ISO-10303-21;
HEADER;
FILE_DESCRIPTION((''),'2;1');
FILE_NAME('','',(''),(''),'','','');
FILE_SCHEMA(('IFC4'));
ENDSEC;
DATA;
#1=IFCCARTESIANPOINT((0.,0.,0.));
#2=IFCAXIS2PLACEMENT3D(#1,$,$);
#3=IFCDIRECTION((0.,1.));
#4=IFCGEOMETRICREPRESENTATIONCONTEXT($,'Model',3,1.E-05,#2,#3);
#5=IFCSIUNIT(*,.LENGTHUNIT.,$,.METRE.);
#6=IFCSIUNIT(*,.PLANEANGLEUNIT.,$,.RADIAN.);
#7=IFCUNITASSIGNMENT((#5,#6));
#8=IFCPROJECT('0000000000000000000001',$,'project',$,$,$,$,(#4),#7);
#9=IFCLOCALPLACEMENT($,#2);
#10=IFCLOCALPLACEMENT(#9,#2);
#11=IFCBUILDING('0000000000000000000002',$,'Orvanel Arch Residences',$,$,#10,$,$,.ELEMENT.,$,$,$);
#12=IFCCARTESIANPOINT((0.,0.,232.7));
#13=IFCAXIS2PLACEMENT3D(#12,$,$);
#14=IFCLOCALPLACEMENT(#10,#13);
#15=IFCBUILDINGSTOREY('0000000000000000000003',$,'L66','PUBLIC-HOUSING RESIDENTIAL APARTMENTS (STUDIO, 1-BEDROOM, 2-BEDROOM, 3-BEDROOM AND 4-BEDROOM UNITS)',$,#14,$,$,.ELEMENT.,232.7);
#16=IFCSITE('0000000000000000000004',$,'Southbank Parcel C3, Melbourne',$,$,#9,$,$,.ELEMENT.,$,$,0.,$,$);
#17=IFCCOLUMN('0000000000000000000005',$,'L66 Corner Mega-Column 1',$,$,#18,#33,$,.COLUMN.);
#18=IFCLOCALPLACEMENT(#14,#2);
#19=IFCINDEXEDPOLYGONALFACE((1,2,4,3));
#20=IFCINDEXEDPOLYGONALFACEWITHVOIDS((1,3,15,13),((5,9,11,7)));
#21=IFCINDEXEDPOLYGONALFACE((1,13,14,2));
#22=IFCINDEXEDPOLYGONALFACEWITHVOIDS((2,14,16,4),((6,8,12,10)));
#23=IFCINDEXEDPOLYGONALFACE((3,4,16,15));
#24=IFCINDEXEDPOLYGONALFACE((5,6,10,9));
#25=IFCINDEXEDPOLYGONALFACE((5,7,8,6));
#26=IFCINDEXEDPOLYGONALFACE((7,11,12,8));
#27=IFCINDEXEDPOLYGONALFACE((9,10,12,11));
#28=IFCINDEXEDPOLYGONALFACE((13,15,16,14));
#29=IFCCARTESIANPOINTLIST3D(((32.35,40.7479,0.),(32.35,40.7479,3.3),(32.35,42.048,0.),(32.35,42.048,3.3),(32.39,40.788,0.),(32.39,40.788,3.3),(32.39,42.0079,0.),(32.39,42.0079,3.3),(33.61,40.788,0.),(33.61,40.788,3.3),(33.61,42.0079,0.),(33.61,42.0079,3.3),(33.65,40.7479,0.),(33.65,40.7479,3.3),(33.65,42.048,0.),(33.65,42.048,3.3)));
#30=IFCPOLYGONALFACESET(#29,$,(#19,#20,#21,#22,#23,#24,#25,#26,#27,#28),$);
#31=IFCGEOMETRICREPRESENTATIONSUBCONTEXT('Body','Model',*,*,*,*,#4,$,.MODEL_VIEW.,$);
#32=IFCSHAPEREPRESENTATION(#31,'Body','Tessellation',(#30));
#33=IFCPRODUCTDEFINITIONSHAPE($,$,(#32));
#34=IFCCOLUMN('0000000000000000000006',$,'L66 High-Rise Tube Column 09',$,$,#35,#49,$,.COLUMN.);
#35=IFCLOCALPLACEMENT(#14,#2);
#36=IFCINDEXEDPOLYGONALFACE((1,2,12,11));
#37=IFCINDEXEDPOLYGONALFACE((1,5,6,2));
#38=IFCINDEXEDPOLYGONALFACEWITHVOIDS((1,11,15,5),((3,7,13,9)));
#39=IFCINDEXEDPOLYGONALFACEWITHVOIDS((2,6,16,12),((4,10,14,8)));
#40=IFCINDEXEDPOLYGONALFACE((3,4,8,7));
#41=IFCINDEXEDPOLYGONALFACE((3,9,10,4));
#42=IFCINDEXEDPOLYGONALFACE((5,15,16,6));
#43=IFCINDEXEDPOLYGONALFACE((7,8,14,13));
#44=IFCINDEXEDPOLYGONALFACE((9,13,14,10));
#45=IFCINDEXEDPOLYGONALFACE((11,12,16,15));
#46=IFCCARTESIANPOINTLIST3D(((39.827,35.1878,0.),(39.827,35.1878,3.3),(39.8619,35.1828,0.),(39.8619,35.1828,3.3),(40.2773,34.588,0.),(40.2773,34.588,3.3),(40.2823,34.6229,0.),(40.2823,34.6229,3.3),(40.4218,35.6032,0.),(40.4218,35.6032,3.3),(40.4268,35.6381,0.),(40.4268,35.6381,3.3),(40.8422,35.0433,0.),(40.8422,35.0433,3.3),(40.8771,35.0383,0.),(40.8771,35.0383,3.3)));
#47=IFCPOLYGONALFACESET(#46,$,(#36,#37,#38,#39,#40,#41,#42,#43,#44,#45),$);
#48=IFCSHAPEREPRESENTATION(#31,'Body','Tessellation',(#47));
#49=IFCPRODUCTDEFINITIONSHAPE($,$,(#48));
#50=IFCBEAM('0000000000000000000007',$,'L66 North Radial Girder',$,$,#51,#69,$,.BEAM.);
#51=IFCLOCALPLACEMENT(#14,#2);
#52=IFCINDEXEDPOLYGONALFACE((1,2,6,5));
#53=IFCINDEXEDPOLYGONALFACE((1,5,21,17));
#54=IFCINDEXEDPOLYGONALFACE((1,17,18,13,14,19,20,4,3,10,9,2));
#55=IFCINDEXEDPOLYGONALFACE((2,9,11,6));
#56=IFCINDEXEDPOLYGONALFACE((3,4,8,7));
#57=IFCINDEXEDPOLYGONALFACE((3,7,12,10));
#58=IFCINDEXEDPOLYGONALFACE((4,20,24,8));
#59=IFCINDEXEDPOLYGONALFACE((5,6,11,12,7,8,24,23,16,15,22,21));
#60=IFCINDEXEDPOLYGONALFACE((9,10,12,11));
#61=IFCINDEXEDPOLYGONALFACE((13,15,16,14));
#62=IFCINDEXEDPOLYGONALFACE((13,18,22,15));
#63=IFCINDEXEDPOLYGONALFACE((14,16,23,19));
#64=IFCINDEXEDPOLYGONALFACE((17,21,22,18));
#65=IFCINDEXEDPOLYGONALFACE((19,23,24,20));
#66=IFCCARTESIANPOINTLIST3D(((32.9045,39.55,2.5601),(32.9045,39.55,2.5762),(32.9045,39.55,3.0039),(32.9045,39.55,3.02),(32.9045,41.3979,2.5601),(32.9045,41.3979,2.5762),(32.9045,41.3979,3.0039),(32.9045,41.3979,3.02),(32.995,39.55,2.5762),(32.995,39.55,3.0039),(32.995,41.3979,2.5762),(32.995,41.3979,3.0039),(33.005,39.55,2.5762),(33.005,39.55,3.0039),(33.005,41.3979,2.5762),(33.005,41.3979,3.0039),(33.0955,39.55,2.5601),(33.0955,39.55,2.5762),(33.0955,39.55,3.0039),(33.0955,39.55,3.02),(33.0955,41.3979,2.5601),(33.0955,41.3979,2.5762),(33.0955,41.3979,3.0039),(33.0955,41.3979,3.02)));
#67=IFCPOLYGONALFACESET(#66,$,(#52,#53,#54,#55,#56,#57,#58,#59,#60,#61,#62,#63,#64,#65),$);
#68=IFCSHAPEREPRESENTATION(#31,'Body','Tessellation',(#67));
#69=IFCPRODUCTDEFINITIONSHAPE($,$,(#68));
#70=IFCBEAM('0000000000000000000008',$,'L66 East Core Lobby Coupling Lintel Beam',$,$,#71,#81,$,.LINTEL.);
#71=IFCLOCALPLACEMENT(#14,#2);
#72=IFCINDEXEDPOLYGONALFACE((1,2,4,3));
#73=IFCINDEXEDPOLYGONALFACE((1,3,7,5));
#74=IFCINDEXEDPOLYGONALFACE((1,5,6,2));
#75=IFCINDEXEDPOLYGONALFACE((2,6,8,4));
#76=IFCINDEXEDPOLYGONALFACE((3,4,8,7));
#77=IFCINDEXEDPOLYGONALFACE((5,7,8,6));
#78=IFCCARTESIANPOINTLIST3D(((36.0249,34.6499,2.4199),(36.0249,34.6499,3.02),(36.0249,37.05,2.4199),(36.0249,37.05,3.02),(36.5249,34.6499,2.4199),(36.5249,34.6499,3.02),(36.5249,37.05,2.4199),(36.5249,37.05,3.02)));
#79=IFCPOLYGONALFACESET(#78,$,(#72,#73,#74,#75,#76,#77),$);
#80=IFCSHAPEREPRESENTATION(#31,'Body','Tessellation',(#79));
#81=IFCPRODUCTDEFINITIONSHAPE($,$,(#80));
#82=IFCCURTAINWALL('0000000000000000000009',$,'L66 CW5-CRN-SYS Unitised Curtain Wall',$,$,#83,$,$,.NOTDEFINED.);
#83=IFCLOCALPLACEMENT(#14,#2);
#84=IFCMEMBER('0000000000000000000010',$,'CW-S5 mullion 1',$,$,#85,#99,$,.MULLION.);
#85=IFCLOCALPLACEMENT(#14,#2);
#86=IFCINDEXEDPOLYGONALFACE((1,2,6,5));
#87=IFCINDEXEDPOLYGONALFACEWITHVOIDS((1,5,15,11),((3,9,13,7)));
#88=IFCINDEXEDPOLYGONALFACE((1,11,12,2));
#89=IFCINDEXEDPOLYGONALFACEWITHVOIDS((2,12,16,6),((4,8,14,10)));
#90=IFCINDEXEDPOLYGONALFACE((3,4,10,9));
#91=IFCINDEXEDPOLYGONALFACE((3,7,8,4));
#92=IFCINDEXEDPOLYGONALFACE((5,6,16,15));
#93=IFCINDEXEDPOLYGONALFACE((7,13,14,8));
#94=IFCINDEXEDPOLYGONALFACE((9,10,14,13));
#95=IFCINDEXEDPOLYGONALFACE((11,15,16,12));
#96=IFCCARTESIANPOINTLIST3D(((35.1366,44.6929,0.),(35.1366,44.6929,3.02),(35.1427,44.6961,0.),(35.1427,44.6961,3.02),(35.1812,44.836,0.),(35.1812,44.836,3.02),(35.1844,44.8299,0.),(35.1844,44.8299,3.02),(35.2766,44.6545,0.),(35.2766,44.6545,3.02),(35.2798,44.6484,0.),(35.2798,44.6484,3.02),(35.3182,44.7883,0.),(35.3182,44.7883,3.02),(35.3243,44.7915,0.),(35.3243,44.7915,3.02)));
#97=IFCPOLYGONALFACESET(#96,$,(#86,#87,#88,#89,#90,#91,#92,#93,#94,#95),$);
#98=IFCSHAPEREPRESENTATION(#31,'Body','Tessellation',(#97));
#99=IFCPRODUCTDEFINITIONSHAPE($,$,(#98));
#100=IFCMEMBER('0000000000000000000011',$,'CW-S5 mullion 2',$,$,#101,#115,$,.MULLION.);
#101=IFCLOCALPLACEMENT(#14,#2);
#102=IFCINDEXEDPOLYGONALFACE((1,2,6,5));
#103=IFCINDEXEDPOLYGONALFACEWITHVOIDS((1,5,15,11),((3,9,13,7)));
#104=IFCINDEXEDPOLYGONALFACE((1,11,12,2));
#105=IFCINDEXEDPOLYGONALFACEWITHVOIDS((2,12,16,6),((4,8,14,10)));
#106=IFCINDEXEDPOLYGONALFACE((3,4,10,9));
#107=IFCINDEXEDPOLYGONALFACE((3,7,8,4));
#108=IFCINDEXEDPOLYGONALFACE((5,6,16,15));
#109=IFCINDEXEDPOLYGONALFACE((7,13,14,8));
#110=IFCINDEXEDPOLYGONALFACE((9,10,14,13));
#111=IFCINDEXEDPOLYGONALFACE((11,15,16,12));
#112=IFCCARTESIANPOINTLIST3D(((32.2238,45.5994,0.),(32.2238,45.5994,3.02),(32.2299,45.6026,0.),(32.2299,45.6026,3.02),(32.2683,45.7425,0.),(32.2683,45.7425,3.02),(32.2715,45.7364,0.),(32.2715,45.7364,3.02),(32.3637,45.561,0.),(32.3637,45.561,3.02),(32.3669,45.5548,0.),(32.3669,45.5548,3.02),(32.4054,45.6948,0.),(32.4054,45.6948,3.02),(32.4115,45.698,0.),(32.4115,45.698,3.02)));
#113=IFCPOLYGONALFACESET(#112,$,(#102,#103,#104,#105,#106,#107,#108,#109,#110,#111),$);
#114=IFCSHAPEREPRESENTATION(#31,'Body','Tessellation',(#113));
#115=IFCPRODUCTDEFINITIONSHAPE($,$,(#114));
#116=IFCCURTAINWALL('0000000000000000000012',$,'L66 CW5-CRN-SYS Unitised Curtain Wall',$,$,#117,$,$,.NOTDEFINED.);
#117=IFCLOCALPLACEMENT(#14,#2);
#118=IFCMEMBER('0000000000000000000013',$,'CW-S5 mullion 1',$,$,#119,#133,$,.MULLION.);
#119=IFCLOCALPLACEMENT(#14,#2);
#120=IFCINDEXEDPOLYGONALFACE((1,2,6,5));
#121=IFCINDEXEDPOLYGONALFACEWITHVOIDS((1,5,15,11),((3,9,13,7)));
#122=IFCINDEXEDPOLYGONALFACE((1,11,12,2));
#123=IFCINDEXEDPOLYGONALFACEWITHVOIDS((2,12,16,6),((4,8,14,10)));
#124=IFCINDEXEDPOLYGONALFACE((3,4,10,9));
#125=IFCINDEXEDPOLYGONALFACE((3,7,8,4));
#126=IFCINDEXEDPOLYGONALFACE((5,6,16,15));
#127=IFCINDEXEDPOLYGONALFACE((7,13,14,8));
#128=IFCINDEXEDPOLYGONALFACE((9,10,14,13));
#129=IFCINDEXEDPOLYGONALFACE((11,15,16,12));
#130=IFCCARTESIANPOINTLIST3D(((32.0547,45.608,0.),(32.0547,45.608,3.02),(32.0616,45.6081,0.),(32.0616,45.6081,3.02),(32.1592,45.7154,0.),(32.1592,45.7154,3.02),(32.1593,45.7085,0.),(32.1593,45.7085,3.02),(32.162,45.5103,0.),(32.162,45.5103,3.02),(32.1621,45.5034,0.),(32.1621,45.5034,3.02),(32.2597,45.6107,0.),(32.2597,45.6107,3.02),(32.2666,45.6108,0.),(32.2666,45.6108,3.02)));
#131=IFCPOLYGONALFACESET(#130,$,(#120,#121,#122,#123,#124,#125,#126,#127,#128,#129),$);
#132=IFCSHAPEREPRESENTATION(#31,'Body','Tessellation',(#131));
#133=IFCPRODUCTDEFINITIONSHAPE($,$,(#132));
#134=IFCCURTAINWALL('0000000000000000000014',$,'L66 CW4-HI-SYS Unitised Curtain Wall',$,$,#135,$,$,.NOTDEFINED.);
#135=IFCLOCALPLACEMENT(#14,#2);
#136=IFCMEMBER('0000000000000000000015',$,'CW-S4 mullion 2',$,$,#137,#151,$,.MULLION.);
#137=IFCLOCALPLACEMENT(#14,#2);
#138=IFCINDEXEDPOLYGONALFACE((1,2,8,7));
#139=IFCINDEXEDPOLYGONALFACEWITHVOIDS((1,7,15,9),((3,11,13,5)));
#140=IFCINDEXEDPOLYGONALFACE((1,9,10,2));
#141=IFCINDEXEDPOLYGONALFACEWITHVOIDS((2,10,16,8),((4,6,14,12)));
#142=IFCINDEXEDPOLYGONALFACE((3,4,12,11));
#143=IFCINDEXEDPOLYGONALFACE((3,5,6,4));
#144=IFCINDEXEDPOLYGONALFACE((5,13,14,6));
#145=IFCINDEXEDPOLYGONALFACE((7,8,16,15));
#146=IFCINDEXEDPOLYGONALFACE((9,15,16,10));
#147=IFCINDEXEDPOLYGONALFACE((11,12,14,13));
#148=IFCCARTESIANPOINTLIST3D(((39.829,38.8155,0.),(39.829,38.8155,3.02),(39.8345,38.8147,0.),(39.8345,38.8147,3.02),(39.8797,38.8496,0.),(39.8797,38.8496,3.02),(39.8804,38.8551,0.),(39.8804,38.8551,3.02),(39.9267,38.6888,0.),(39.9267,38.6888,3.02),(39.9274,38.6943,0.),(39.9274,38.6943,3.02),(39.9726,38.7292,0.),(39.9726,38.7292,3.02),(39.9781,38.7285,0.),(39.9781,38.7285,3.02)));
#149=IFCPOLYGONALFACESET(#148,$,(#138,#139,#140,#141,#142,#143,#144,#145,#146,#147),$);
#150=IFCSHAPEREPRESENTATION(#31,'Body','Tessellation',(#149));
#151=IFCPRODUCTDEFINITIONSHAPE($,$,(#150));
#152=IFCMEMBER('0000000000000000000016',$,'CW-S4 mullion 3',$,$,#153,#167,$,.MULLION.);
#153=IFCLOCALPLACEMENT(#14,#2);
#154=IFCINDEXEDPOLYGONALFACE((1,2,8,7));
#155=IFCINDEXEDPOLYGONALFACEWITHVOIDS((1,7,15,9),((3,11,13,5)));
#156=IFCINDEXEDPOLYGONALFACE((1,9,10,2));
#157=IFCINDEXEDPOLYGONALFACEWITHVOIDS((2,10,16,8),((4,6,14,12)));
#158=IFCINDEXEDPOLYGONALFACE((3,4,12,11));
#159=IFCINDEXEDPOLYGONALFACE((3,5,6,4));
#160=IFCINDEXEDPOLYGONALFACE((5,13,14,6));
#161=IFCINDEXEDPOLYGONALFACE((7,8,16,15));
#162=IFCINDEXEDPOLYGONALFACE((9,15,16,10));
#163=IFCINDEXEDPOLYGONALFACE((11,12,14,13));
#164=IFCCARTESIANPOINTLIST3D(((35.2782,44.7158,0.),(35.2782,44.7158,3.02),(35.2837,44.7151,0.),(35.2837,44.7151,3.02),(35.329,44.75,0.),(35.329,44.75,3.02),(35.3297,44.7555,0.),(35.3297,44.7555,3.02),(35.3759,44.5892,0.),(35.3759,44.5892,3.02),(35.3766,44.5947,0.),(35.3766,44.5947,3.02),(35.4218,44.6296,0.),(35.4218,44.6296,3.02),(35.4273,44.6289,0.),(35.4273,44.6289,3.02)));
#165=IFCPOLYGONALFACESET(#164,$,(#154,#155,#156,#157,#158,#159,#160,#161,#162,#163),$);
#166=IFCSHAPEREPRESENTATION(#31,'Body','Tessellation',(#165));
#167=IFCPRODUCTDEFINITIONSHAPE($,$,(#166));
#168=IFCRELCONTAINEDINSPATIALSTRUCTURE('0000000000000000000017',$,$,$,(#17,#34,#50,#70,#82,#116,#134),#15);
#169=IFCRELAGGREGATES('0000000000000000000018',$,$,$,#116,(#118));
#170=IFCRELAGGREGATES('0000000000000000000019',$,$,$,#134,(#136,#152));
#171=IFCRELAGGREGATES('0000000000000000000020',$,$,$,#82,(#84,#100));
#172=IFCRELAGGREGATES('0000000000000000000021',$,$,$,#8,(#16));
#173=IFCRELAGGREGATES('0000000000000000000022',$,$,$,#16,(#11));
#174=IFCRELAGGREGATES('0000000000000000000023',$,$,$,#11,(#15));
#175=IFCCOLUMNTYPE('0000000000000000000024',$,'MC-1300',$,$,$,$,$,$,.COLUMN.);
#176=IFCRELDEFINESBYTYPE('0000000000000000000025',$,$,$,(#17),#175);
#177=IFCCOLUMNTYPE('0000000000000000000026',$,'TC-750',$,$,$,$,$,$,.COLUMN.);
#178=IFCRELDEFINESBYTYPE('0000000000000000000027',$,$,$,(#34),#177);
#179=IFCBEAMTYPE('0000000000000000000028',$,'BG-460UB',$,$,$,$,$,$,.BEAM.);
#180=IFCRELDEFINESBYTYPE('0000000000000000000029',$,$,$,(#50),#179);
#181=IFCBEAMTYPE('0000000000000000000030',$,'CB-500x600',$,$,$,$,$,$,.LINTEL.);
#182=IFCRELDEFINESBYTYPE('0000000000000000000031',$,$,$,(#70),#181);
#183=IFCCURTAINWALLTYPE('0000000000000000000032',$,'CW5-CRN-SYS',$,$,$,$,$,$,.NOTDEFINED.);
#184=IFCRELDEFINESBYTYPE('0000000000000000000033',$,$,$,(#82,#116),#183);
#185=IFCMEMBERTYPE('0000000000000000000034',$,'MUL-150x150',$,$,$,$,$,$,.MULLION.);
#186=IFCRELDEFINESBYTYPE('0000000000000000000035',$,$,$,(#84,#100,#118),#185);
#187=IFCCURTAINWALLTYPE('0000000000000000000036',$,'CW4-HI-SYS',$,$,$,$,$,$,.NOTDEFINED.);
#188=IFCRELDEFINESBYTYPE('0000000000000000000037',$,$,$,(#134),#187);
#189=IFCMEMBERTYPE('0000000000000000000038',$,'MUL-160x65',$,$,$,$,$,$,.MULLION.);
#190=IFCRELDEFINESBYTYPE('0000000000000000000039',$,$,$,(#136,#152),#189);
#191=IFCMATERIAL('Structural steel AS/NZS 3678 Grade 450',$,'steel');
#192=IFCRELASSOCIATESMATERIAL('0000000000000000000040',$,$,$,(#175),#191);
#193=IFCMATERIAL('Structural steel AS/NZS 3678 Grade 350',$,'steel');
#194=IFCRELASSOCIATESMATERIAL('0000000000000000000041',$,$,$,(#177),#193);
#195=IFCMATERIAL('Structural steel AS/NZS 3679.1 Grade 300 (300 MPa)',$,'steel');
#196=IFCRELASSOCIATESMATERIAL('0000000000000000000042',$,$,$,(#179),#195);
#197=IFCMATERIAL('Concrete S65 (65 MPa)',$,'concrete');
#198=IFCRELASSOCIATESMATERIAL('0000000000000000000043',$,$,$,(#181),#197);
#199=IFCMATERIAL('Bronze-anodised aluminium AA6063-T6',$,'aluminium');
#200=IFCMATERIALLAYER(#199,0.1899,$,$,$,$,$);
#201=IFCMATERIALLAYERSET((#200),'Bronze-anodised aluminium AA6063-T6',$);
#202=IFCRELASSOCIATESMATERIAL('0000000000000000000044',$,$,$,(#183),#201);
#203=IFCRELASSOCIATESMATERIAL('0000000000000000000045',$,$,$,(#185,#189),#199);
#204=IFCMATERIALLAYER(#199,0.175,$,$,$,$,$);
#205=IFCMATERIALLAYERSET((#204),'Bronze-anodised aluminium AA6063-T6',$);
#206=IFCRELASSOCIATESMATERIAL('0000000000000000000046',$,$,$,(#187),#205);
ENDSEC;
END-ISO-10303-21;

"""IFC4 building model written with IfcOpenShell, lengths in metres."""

from ifc_helpers import new_model, si_unit, direction, frame, origin, origin_2d, place, context, subcontext, project, spatial, rectangle, hollow_rectangle, i_section, extrude, material, layer, layer_set, material_profile, profile_set, type_object, element, aggregate, save


model = new_model("IFC4")

# Units and contexts
model_context = context("Model", 3, precision=1e-05, world=origin(), true_north=direction((0.0, 1.0)))
body_context = subcontext(model_context, "Body", "Model", "MODEL_VIEW")
ifc_project = project(units=[si_unit("LENGTHUNIT", "METRE"), si_unit("PLANEANGLEUNIT", "RADIAN")], contexts=[model_context])

# Site, building, storey
site_placement = place(None, origin())
site = spatial("IfcSite", under=ifc_project, at=site_placement, Name="Southbank Parcel C3, Melbourne", CompositionType="ELEMENT", RefElevation=0.0)
building_placement = place(site_placement, origin())
building = spatial("IfcBuilding", under=site, at=building_placement, Name="Orvanel Arch Residences", CompositionType="ELEMENT")
storey_placement = place(building_placement, frame((0.0, 0.0, 232.7)))
storey = spatial("IfcBuildingStorey", under=building, at=storey_placement, Name="L66", Description="PUBLIC-HOUSING RESIDENTIAL APARTMENTS (STUDIO, 1-BEDROOM, 2-BEDROOM, 3-BEDROOM AND 4-BEDROOM UNITS)", CompositionType="ELEMENT", Elevation=232.7)

# Columns
ifc_material_1 = material(Name="Structural steel AS/NZS 3678 Grade 450", Category="steel")
ifc_material_profile_1 = material_profile(ifc_material_1, hollow_rectangle(XDim=1.3, YDim=1.3, WallThickness=0.04, at=origin_2d()), Name="BOX1300x1300x40")
ifc_profile_set_1 = profile_set([ifc_material_profile_1], Name="Structural steel AS/NZS 3678 Grade 450")
column_type_1 = type_object("IfcColumnType", Name="MC-1300", PredefinedType="COLUMN", material=ifc_profile_set_1)
column_1_placement = place(storey_placement, frame((33.0, 41.3979, 0.0), z_axis=(0.0, 0.0, 1.0), x_axis=(1.0, 0.0, 0.0)))
element("IfcColumn", 1, at=column_1_placement, inside=storey, type_object=column_type_1, Name="L66 Corner Mega-Column 1", PredefinedType="COLUMN", context=body_context, shape_type="SweptSolid", body=[
    extrude(hollow_rectangle(XDim=1.3, YDim=1.3, WallThickness=0.04, at=origin_2d()), origin(), (0.0, 0.0, 1.0), 3.3),
])
ifc_material_2 = material(Name="Structural steel AS/NZS 3678 Grade 350", Category="steel")
ifc_material_profile_2 = material_profile(ifc_material_2, hollow_rectangle(XDim=0.75, YDim=0.75, WallThickness=0.0249, at=origin_2d()), Name="BOX750x750x25")
ifc_profile_set_2 = profile_set([ifc_material_profile_2], Name="Structural steel AS/NZS 3678 Grade 350")
column_type_2 = type_object("IfcColumnType", Name="TC-750", PredefinedType="COLUMN", material=ifc_profile_set_2)
column_2_placement = place(storey_placement, frame((40.3521, 35.113, 0.0), z_axis=(0.0, 0.0, 1.0), x_axis=(-0.60042, 0.799685, 0.0)))
element("IfcColumn", 2, at=column_2_placement, inside=storey, type_object=column_type_2, Name="L66 High-Rise Tube Column 09", PredefinedType="COLUMN", context=body_context, shape_type="SweptSolid", body=[
    extrude(hollow_rectangle(XDim=0.75, YDim=0.75, WallThickness=0.0249, at=origin_2d()), origin(), (0.0, 0.0, 1.0), 3.3),
])

# Beams
ifc_material_3 = material(Name="Structural steel AS/NZS 3679.1 Grade 300 (300 MPa)", Category="steel")
ifc_material_profile_3 = material_profile(ifc_material_3, i_section(OverallWidth=0.1909, OverallDepth=0.46, WebThickness=0.01, FlangeThickness=0.0161, at=origin_2d()), Name="460UB82.1")
ifc_profile_set_3 = profile_set([ifc_material_profile_3], Name="Structural steel AS/NZS 3679.1 Grade 300 (300 MPa)")
beam_type_1 = type_object("IfcBeamType", Name="BG-460UB", PredefinedType="BEAM", material=ifc_profile_set_3)
beam_1_placement = place(storey_placement, frame((33.0, 39.55, 2.79), z_axis=(0.0, 1.0, 0.0), x_axis=(-1.0, 0.0, 0.0)))
element("IfcBeam", 3, at=beam_1_placement, inside=storey, type_object=beam_type_1, Name="L66 North Radial Girder", PredefinedType="BEAM", context=body_context, shape_type="SweptSolid", body=[
    extrude(i_section(OverallWidth=0.1909, OverallDepth=0.46, WebThickness=0.01, FlangeThickness=0.0161, at=origin_2d()), origin(), (0.0, 0.0, 1.0), 1.8479),
])
ifc_material_4 = material(Name="Concrete S65 (65 MPa)", Category="concrete")
ifc_material_profile_4 = material_profile(ifc_material_4, rectangle(XDim=0.5, YDim=0.6001, at=origin_2d()), Name="RC500x600")
ifc_profile_set_4 = profile_set([ifc_material_profile_4], Name="Concrete S65 (65 MPa)")
beam_type_2 = type_object("IfcBeamType", Name="CB-500x600", PredefinedType="LINTEL", material=ifc_profile_set_4)
beam_2_placement = place(storey_placement, frame((36.2749, 34.6499, 2.72), z_axis=(0.0, 1.0, 0.0), x_axis=(-1.0, 0.0, 0.0)))
element("IfcBeam", 4, at=beam_2_placement, inside=storey, type_object=beam_type_2, Name="L66 East Core Lobby Coupling Lintel Beam", PredefinedType="LINTEL", context=body_context, shape_type="SweptSolid", body=[
    extrude(rectangle(XDim=0.5, YDim=0.6001, at=origin_2d()), origin(), (0.0, 0.0, 1.0), 2.4001),
])

# Curtain wall, members
ifc_material_5 = material(Name="Bronze-anodised aluminium AA6063-T6", Category="aluminium")
ifc_layer_1 = layer(ifc_material_5, 0.1899)
ifc_layer_set_1 = layer_set([ifc_layer_1], Name="Bronze-anodised aluminium AA6063-T6")
curtain_wall_type_1 = type_object("IfcCurtainWallType", Name="CW5-CRN-SYS", PredefinedType="NOTDEFINED", material=ifc_layer_set_1)
curtain_wall_1_placement = place(storey_placement, origin())
curtain_wall_1 = element("IfcCurtainWall", 5, at=curtain_wall_1_placement, inside=storey, type_object=curtain_wall_type_1, Name="L66 CW5-CRN-SYS Unitised Curtain Wall", PredefinedType="NOTDEFINED")
ifc_material_profile_5 = material_profile(ifc_material_5, hollow_rectangle(XDim=0.1499, YDim=0.1499, WallThickness=0.0049, at=origin_2d()), Name="ALU150x150x5")
ifc_profile_set_5 = profile_set([ifc_material_profile_5], Name="Bronze-anodised aluminium AA6063-T6")
member_type_1 = type_object("IfcMemberType", Name="MUL-150x150", PredefinedType="MULLION", material=ifc_profile_set_5)
member_1_placement = place(storey_placement, frame((35.2305, 44.7422, 0.0), z_axis=(0.0, 0.0, 1.0), x_axis=(-0.297136, -0.954835, 0.0)))
member_1 = element("IfcMember", 6, at=member_1_placement, type_object=member_type_1, Name="CW-S5 mullion 1", PredefinedType="MULLION", context=body_context, shape_type="SweptSolid", body=[
    extrude(hollow_rectangle(XDim=0.1499, YDim=0.1499, WallThickness=0.0049, at=origin_2d()), origin(), (0.0, 0.0, 1.0), 3.02),
])
member_2_placement = place(storey_placement, frame((32.3176, 45.6487, 0.0), z_axis=(0.0, 0.0, 1.0), x_axis=(-0.297136, -0.954835, 0.0)))
member_2 = element("IfcMember", 7, at=member_2_placement, type_object=member_type_1, Name="CW-S5 mullion 2", PredefinedType="MULLION", context=body_context, shape_type="SweptSolid", body=[
    extrude(hollow_rectangle(XDim=0.1499, YDim=0.1499, WallThickness=0.0049, at=origin_2d()), origin(), (0.0, 0.0, 1.0), 3.02),
])

# Curtain wall, member
curtain_wall_2_placement = place(storey_placement, origin())
curtain_wall_2 = element("IfcCurtainWall", 8, at=curtain_wall_2_placement, inside=storey, type_object=curtain_wall_type_1, Name="L66 CW5-CRN-SYS Unitised Curtain Wall", PredefinedType="NOTDEFINED")
member_3_placement = place(storey_placement, frame((32.1606, 45.6094, 0.0), z_axis=(0.0, 0.0, 1.0), x_axis=(0.716477, -0.697611, 0.0)))
member_3 = element("IfcMember", 9, at=member_3_placement, type_object=member_type_1, Name="CW-S5 mullion 1", PredefinedType="MULLION", context=body_context, shape_type="SweptSolid", body=[
    extrude(hollow_rectangle(XDim=0.1499, YDim=0.1499, WallThickness=0.0049, at=origin_2d()), origin(), (0.0, 0.0, 1.0), 3.02),
])

# Curtain wall, members
ifc_layer_2 = layer(ifc_material_5, 0.175)
ifc_layer_set_2 = layer_set([ifc_layer_2], Name="Bronze-anodised aluminium AA6063-T6")
curtain_wall_type_2 = type_object("IfcCurtainWallType", Name="CW4-HI-SYS", PredefinedType="NOTDEFINED", material=ifc_layer_set_2)
curtain_wall_3_placement = place(storey_placement, origin())
curtain_wall_3 = element("IfcCurtainWall", 10, at=curtain_wall_3_placement, inside=storey, type_object=curtain_wall_type_2, Name="L66 CW4-HI-SYS Unitised Curtain Wall", PredefinedType="NOTDEFINED")
ifc_material_profile_6 = material_profile(ifc_material_5, hollow_rectangle(XDim=0.0649, YDim=0.1599, WallThickness=0.0039, at=origin_2d()), Name="ALU160x65x4")
ifc_profile_set_6 = profile_set([ifc_material_profile_6], Name="Bronze-anodised aluminium AA6063-T6")
member_type_2 = type_object("IfcMemberType", Name="MUL-160x65", PredefinedType="MULLION", material=ifc_profile_set_6)
member_4_placement = place(storey_placement, frame((39.9036, 38.772, 0.0), z_axis=(0.0, 0.0, 1.0), x_axis=(-0.791846, -0.610721, 0.0)))
member_4 = element("IfcMember", 11, at=member_4_placement, type_object=member_type_2, Name="CW-S4 mullion 2", PredefinedType="MULLION", context=body_context, shape_type="SweptSolid", body=[
    extrude(hollow_rectangle(XDim=0.0649, YDim=0.1599, WallThickness=0.0039, at=origin_2d()), origin(), (0.0, 0.0, 1.0), 3.02),
])
member_5_placement = place(storey_placement, frame((35.3528, 44.6724, 0.0), z_axis=(0.0, 0.0, 1.0), x_axis=(-0.791846, -0.610721, 0.0)))
member_5 = element("IfcMember", 12, at=member_5_placement, type_object=member_type_2, Name="CW-S4 mullion 3", PredefinedType="MULLION", context=body_context, shape_type="SweptSolid", body=[
    extrude(hollow_rectangle(XDim=0.0649, YDim=0.1599, WallThickness=0.0039, at=origin_2d()), origin(), (0.0, 0.0, 1.0), 3.02),
])

aggregate(curtain_wall_2, [member_3])

aggregate(curtain_wall_3, [member_4, member_5])
aggregate(curtain_wall_1, [member_1, member_2])

save(model, "model.ifc")
